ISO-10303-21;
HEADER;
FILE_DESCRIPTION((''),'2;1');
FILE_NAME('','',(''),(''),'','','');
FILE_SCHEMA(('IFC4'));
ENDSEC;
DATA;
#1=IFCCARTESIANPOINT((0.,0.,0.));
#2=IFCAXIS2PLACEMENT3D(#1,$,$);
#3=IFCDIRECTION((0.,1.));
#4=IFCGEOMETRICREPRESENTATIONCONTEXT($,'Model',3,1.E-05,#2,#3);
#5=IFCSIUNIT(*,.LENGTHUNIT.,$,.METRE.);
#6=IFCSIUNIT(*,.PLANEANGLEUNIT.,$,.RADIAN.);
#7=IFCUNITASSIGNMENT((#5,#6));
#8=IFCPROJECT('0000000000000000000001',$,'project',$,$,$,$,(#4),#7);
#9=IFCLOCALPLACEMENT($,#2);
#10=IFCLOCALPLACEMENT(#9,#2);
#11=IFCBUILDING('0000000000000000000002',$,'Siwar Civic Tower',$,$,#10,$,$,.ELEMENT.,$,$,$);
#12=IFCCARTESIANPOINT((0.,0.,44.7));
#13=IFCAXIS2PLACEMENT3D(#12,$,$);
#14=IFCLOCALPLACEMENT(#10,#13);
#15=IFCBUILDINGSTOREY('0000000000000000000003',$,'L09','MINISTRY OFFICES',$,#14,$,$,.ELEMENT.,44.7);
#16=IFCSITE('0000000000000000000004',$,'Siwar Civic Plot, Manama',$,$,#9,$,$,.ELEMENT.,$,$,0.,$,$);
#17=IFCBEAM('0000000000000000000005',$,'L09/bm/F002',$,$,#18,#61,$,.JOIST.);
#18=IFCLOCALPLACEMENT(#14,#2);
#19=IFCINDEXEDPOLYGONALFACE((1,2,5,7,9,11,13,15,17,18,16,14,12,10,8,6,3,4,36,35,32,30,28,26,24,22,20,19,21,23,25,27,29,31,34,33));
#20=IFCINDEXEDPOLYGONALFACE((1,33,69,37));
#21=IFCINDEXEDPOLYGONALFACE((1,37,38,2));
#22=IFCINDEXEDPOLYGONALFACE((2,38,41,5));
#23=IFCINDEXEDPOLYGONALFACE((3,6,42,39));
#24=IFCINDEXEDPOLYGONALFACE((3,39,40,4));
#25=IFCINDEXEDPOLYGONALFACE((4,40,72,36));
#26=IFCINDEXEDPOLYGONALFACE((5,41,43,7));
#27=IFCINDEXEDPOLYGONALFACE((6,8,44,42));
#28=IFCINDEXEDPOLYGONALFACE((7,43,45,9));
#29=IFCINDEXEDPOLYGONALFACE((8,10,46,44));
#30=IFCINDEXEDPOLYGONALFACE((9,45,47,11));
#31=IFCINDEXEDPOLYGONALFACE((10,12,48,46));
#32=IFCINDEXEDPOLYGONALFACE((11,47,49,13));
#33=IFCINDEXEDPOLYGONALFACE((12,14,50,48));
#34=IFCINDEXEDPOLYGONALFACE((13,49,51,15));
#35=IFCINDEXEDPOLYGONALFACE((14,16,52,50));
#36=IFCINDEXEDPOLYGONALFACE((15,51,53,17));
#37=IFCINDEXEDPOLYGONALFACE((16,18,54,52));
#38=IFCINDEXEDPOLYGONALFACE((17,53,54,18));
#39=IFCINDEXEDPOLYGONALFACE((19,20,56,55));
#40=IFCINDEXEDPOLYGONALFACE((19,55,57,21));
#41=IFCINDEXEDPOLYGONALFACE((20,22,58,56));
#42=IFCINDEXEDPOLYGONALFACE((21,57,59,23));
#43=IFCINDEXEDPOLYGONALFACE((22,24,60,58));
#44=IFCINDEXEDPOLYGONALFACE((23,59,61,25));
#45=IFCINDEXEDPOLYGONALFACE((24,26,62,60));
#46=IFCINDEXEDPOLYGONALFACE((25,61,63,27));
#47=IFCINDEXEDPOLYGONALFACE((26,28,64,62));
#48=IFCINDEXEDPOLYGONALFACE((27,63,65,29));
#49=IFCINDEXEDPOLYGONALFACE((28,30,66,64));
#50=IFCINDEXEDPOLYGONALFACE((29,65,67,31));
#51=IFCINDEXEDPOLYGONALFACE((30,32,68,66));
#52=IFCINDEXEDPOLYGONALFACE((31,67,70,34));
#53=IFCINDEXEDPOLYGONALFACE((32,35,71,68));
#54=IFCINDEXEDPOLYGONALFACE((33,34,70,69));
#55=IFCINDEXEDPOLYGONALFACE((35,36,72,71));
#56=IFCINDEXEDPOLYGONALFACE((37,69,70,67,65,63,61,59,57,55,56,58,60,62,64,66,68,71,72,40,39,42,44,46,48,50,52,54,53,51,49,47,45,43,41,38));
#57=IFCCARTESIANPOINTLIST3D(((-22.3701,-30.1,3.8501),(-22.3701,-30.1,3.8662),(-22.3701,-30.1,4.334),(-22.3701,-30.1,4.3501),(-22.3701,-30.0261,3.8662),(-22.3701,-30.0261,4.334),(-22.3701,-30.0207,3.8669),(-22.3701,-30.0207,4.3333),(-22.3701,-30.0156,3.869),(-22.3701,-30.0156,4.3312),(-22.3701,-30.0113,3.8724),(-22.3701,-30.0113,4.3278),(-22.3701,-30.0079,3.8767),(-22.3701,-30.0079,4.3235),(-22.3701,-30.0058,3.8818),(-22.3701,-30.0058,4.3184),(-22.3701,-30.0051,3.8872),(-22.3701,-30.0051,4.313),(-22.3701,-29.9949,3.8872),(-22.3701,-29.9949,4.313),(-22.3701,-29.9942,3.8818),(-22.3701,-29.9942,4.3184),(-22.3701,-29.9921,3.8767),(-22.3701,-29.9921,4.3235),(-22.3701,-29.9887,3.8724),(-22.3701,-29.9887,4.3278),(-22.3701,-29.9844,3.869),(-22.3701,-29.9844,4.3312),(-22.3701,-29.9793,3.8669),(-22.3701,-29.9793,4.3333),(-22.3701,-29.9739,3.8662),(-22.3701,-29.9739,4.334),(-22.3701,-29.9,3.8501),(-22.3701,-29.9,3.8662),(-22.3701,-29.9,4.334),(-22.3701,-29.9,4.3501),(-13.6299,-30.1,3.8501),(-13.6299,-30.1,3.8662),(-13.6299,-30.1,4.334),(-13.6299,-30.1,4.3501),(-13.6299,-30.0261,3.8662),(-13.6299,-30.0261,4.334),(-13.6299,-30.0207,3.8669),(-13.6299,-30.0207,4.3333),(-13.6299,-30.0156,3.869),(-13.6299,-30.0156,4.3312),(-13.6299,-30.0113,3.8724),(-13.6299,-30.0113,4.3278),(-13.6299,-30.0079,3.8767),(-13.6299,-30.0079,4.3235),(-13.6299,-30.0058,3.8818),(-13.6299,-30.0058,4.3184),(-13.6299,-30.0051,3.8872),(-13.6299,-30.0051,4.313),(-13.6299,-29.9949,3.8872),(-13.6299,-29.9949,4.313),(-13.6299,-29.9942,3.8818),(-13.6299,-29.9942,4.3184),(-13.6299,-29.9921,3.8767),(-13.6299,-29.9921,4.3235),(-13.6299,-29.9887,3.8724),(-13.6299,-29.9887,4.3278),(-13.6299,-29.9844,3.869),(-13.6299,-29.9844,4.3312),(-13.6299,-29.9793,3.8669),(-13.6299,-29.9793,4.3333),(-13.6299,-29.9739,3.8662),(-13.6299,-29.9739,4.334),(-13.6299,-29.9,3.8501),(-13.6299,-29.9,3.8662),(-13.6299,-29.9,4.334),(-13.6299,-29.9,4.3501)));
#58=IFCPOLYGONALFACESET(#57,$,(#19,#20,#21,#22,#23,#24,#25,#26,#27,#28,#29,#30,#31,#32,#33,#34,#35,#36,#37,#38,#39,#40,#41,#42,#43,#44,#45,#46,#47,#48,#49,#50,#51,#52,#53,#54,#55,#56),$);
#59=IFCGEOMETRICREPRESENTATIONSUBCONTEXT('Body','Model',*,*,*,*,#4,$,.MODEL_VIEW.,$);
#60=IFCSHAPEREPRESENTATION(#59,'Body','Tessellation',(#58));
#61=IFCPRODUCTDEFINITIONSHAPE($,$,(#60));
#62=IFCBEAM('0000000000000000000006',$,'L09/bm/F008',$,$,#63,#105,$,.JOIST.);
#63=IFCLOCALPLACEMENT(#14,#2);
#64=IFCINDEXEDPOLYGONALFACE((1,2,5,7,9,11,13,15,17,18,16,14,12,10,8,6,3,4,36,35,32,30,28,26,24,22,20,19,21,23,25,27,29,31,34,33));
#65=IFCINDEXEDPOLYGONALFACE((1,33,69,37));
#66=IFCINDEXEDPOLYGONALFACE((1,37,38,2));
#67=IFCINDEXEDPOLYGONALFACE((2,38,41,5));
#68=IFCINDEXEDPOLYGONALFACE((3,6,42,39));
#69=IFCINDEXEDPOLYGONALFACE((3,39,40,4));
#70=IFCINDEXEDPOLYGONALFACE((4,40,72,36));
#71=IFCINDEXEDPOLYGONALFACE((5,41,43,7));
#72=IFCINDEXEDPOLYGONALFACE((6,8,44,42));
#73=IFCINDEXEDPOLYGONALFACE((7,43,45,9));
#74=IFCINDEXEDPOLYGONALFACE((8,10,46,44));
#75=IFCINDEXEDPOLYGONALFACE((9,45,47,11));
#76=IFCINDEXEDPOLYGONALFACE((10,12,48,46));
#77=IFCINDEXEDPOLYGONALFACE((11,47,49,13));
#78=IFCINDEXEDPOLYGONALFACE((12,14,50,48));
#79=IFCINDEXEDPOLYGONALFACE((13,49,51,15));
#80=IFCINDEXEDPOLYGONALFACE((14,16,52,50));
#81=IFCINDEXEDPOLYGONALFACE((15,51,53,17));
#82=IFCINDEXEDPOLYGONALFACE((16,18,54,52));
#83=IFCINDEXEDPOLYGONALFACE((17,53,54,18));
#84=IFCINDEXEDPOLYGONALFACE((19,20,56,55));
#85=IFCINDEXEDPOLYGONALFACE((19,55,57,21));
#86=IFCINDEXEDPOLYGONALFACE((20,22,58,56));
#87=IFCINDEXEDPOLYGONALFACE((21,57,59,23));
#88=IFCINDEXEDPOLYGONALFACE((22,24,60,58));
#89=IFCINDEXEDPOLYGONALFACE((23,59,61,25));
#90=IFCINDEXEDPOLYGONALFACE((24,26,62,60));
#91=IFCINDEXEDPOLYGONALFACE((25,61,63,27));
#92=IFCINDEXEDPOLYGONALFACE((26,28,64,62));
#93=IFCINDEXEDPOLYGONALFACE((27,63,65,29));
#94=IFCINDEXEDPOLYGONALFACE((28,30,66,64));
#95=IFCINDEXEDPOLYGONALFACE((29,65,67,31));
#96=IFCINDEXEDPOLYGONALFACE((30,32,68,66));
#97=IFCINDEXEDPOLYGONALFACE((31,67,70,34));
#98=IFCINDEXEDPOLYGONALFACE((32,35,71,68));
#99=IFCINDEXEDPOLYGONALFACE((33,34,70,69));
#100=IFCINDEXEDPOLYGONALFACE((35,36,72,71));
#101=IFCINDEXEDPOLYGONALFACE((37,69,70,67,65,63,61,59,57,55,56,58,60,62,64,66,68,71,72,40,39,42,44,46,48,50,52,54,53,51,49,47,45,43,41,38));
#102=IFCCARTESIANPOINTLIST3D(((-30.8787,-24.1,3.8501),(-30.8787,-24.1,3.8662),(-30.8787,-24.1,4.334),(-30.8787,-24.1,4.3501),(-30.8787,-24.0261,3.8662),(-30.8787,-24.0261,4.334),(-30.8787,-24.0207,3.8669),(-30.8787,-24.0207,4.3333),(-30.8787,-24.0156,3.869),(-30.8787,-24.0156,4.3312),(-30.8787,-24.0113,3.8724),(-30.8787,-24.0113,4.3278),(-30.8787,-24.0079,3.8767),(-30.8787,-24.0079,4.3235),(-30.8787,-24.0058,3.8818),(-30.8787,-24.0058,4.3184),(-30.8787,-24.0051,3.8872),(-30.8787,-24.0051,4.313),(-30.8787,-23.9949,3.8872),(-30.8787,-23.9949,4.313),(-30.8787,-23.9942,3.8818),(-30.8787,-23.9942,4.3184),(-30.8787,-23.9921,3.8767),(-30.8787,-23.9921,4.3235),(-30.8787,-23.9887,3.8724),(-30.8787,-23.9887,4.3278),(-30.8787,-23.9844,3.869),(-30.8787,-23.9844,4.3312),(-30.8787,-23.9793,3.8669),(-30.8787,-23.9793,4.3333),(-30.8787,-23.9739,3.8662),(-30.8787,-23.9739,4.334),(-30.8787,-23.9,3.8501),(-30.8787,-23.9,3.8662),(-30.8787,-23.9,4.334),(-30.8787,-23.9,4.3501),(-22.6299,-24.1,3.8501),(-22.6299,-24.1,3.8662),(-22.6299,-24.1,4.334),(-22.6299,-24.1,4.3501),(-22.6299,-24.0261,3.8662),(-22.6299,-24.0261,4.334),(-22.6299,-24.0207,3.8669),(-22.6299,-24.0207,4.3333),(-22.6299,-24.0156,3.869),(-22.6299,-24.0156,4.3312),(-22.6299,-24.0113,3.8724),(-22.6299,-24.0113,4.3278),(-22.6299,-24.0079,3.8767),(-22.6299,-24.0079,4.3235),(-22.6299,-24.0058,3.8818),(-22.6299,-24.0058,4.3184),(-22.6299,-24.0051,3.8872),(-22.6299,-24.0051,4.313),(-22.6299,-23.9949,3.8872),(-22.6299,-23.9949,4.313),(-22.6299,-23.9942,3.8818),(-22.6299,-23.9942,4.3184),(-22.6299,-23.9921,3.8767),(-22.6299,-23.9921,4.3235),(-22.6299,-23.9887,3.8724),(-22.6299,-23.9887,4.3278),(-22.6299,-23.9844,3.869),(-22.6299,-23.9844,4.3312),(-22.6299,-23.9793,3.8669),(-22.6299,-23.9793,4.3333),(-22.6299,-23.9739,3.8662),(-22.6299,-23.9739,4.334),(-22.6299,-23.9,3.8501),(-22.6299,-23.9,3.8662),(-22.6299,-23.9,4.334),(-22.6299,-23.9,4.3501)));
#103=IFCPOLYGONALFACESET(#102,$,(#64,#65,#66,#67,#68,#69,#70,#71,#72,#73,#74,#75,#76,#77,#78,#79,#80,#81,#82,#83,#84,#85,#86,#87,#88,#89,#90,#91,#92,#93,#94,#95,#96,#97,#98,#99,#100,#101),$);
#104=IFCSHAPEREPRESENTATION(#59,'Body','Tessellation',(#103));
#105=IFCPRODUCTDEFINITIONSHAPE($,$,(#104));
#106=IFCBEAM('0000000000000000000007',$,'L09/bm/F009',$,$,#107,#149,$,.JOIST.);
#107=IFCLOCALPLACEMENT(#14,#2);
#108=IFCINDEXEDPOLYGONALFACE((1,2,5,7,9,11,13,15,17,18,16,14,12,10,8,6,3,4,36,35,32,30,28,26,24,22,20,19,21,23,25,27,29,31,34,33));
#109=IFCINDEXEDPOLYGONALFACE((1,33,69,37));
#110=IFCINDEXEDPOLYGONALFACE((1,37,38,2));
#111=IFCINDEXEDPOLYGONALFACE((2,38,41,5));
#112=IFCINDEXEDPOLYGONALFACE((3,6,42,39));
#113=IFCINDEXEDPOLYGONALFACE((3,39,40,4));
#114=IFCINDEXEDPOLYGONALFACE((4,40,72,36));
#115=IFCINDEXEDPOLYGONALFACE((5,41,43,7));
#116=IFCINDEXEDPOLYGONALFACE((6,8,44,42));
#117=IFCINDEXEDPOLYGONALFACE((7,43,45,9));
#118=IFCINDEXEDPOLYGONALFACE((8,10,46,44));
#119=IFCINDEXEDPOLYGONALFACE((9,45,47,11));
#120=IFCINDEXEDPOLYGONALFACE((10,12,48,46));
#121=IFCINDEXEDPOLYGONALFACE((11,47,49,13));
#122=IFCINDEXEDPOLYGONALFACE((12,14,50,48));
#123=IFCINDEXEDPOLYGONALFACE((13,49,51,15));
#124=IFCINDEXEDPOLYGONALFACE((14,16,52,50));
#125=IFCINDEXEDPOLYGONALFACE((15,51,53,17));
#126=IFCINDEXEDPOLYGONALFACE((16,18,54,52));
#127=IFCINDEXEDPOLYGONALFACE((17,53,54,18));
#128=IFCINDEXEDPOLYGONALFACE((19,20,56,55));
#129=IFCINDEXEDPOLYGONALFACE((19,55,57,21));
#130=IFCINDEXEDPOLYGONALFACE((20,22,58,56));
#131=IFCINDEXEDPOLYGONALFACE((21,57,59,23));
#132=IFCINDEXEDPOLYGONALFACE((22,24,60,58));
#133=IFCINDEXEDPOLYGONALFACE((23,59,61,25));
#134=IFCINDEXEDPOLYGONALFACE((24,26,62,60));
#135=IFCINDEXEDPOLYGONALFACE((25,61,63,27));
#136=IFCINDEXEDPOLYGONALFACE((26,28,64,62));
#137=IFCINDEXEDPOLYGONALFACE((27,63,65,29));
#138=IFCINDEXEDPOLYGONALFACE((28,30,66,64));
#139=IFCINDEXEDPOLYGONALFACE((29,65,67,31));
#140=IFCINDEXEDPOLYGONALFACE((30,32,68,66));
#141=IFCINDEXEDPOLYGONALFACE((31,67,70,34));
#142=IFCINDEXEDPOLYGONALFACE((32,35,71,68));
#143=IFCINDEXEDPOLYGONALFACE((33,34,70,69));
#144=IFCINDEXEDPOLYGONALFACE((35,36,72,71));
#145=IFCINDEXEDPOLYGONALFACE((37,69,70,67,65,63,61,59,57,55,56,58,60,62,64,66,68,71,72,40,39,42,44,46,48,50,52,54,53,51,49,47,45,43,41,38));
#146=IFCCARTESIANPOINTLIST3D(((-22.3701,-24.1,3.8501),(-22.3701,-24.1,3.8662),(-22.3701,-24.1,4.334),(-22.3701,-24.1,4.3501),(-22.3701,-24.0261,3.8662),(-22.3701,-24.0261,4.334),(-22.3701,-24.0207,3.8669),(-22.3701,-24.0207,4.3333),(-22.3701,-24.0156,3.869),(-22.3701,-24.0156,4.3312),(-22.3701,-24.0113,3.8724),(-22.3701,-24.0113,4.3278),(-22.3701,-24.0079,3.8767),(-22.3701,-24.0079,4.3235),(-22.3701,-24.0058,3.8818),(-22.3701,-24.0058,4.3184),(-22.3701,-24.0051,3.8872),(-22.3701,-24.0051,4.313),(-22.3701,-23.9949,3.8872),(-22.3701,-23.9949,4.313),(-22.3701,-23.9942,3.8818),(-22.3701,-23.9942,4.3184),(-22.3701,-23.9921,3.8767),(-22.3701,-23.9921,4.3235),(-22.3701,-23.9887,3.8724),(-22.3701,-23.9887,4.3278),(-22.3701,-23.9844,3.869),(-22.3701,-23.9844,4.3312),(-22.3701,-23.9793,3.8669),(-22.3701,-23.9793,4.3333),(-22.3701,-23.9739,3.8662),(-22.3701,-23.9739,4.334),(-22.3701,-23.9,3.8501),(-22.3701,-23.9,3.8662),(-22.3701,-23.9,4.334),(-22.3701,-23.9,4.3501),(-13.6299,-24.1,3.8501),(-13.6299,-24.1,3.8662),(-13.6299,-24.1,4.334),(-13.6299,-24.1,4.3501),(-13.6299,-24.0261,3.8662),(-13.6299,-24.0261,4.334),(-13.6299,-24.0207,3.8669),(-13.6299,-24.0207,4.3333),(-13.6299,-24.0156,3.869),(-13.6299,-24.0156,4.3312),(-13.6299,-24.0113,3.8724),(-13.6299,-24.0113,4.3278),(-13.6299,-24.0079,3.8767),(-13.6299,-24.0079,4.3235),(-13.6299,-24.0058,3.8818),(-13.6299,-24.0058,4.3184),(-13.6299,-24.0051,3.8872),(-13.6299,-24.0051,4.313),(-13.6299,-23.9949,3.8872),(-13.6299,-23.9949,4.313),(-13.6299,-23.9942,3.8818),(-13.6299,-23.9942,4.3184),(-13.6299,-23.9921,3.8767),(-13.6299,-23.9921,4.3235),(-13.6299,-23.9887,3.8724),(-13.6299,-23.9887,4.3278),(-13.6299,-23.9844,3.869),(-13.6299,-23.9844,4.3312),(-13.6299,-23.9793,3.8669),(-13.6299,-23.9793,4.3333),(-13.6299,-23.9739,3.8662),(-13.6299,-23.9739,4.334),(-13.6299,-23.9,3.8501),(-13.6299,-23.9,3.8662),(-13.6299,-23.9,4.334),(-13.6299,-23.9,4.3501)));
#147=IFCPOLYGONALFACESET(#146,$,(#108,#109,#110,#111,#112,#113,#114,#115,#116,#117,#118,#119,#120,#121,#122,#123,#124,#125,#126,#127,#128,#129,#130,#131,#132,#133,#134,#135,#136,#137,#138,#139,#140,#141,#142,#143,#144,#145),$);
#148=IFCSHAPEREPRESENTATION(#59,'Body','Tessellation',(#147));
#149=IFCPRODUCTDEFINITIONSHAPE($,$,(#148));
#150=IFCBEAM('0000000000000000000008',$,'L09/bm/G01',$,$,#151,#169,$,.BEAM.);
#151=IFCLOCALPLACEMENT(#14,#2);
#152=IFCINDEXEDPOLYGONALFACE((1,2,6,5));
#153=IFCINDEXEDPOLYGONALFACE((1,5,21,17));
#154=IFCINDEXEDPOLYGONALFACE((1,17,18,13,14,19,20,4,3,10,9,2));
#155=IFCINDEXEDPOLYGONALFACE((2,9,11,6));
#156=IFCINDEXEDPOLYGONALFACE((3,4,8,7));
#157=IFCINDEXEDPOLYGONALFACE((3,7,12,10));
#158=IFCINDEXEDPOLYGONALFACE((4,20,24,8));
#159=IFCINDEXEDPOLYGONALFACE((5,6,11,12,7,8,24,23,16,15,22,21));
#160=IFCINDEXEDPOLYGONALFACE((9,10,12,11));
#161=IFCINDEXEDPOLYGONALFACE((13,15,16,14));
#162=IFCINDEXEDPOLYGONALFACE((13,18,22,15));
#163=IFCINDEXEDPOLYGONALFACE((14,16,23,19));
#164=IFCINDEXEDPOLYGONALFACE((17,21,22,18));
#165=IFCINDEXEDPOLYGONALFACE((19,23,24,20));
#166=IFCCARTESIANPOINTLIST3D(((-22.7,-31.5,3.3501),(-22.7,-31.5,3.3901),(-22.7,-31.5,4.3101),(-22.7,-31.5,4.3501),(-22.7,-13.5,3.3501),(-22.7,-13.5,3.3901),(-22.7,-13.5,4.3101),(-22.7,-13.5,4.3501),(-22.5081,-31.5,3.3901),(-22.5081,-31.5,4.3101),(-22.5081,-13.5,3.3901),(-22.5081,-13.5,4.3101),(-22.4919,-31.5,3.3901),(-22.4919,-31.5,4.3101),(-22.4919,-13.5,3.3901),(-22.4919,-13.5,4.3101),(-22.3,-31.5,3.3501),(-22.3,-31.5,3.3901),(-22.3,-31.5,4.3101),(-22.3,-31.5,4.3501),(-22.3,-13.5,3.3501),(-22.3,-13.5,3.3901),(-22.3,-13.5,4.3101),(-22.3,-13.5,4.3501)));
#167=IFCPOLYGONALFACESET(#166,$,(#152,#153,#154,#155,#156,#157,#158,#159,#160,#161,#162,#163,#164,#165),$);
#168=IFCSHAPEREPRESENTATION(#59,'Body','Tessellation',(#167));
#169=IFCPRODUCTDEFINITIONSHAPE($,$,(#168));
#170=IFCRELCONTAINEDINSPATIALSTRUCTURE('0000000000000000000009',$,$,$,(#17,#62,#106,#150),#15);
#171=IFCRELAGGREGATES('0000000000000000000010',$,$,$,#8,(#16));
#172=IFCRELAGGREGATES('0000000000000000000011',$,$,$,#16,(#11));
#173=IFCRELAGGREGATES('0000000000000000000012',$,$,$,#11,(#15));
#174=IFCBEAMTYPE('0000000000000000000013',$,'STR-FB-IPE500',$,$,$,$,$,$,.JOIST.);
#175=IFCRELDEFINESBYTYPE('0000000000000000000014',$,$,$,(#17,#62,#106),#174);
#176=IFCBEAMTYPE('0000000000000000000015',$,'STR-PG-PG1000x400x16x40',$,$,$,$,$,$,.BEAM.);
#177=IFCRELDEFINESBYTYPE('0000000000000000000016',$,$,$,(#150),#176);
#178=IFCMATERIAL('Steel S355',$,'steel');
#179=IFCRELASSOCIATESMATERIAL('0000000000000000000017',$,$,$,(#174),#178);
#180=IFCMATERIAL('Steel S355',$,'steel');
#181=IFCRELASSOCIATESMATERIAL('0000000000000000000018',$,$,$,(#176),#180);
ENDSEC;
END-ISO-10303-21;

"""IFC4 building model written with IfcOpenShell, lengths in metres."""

from ifc_helpers import new_model, si_unit, direction, frame, origin, origin_2d, place, context, subcontext, project, spatial, i_section, extrude, material, material_profile, profile_set, type_object, element, save


model = new_model("IFC4")

# Units and contexts
model_context = context("Model", 3, precision=1e-05, world=origin(), true_north=direction((0.0, 1.0)))
body_context = subcontext(model_context, "Body", "Model", "MODEL_VIEW")
ifc_project = project(units=[si_unit("LENGTHUNIT", "METRE"), si_unit("PLANEANGLEUNIT", "RADIAN")], contexts=[model_context])

# Site, building, storey
site_placement = place(None, origin())
site = spatial("IfcSite", under=ifc_project, at=site_placement, Name="Siwar Civic Plot, Manama", CompositionType="ELEMENT", RefElevation=0.0)
building_placement = place(site_placement, origin())
building = spatial("IfcBuilding", under=site, at=building_placement, Name="Siwar Civic Tower", CompositionType="ELEMENT")
storey_placement = place(building_placement, frame((0.0, 0.0, 44.7)))
storey = spatial("IfcBuildingStorey", under=building, at=storey_placement, Name="L09", Description="MINISTRY OFFICES", CompositionType="ELEMENT", Elevation=44.7)

# Beams
ifc_material_1 = material(Name="Steel S355", Category="steel")
ifc_material_profile_1 = material_profile(ifc_material_1, i_section(OverallWidth=0.2, OverallDepth=0.5, WebThickness=0.0103, FlangeThickness=0.0161, FilletRadius=0.021, at=origin_2d()), Name="IPE500")
ifc_profile_set_1 = profile_set([ifc_material_profile_1], Name="Steel S355")
beam_type_1 = type_object("IfcBeamType", Name="STR-FB-IPE500", PredefinedType="JOIST", material=ifc_profile_set_1)
beam_1_placement = place(storey_placement, frame((-22.3701, -30.0, 4.1001), z_axis=(1.0, 0.0, 0.0), x_axis=(0.0, 1.0, 0.0)))
element("IfcBeam", 1, at=beam_1_placement, inside=storey, type_object=beam_type_1, Name="L09/bm/F002", PredefinedType="JOIST", context=body_context, shape_type="SweptSolid", body=[
    extrude(i_section(OverallWidth=0.2, OverallDepth=0.5, WebThickness=0.0103, FlangeThickness=0.0161, FilletRadius=0.021, at=origin_2d()), origin(), (0.0, 0.0, 1.0), 8.7402),
])
beam_2_placement = place(storey_placement, frame((-30.8787, -24.0, 4.1001), z_axis=(1.0, 0.0, 0.0), x_axis=(0.0, 1.0, 0.0)))
element("IfcBeam", 2, at=beam_2_placement, inside=storey, type_object=beam_type_1, Name="L09/bm/F008", PredefinedType="JOIST", context=body_context, shape_type="SweptSolid", body=[
    extrude(i_section(OverallWidth=0.2, OverallDepth=0.5, WebThickness=0.0103, FlangeThickness=0.0161, FilletRadius=0.021, at=origin_2d()), origin(), (0.0, 0.0, 1.0), 8.2488),
])
beam_3_placement = place(storey_placement, frame((-22.3701, -24.0, 4.1001), z_axis=(1.0, 0.0, 0.0), x_axis=(0.0, 1.0, 0.0)))
element("IfcBeam", 3, at=beam_3_placement, inside=storey, type_object=beam_type_1, Name="L09/bm/F009", PredefinedType="JOIST", context=body_context, shape_type="SweptSolid", body=[
    extrude(i_section(OverallWidth=0.2, OverallDepth=0.5, WebThickness=0.0103, FlangeThickness=0.0161, FilletRadius=0.021, at=origin_2d()), origin(), (0.0, 0.0, 1.0), 8.7402),
])
ifc_material_2 = material(Name="Steel S355", Category="steel")
ifc_material_profile_2 = material_profile(ifc_material_2, i_section(OverallWidth=0.3999, OverallDepth=1.0, WebThickness=0.0161, FlangeThickness=0.04, at=origin_2d()), Name="PG1000x400x16x40")
ifc_profile_set_2 = profile_set([ifc_material_profile_2], Name="Steel S355")
beam_type_2 = type_object("IfcBeamType", Name="STR-PG-PG1000x400x16x40", PredefinedType="BEAM", material=ifc_profile_set_2)
beam_4_placement = place(storey_placement, frame((-22.5, -31.5, 3.8501), z_axis=(0.0, 1.0, 0.0), x_axis=(-1.0, 0.0, 0.0)))
element("IfcBeam", 4, at=beam_4_placement, inside=storey, type_object=beam_type_2, Name="L09/bm/G01", PredefinedType="BEAM", context=body_context, shape_type="SweptSolid", body=[
    extrude(i_section(OverallWidth=0.3999, OverallDepth=1.0, WebThickness=0.0161, FlangeThickness=0.04, at=origin_2d()), origin(), (0.0, 0.0, 1.0), 18.0),
])

save(model, "model.ifc")
